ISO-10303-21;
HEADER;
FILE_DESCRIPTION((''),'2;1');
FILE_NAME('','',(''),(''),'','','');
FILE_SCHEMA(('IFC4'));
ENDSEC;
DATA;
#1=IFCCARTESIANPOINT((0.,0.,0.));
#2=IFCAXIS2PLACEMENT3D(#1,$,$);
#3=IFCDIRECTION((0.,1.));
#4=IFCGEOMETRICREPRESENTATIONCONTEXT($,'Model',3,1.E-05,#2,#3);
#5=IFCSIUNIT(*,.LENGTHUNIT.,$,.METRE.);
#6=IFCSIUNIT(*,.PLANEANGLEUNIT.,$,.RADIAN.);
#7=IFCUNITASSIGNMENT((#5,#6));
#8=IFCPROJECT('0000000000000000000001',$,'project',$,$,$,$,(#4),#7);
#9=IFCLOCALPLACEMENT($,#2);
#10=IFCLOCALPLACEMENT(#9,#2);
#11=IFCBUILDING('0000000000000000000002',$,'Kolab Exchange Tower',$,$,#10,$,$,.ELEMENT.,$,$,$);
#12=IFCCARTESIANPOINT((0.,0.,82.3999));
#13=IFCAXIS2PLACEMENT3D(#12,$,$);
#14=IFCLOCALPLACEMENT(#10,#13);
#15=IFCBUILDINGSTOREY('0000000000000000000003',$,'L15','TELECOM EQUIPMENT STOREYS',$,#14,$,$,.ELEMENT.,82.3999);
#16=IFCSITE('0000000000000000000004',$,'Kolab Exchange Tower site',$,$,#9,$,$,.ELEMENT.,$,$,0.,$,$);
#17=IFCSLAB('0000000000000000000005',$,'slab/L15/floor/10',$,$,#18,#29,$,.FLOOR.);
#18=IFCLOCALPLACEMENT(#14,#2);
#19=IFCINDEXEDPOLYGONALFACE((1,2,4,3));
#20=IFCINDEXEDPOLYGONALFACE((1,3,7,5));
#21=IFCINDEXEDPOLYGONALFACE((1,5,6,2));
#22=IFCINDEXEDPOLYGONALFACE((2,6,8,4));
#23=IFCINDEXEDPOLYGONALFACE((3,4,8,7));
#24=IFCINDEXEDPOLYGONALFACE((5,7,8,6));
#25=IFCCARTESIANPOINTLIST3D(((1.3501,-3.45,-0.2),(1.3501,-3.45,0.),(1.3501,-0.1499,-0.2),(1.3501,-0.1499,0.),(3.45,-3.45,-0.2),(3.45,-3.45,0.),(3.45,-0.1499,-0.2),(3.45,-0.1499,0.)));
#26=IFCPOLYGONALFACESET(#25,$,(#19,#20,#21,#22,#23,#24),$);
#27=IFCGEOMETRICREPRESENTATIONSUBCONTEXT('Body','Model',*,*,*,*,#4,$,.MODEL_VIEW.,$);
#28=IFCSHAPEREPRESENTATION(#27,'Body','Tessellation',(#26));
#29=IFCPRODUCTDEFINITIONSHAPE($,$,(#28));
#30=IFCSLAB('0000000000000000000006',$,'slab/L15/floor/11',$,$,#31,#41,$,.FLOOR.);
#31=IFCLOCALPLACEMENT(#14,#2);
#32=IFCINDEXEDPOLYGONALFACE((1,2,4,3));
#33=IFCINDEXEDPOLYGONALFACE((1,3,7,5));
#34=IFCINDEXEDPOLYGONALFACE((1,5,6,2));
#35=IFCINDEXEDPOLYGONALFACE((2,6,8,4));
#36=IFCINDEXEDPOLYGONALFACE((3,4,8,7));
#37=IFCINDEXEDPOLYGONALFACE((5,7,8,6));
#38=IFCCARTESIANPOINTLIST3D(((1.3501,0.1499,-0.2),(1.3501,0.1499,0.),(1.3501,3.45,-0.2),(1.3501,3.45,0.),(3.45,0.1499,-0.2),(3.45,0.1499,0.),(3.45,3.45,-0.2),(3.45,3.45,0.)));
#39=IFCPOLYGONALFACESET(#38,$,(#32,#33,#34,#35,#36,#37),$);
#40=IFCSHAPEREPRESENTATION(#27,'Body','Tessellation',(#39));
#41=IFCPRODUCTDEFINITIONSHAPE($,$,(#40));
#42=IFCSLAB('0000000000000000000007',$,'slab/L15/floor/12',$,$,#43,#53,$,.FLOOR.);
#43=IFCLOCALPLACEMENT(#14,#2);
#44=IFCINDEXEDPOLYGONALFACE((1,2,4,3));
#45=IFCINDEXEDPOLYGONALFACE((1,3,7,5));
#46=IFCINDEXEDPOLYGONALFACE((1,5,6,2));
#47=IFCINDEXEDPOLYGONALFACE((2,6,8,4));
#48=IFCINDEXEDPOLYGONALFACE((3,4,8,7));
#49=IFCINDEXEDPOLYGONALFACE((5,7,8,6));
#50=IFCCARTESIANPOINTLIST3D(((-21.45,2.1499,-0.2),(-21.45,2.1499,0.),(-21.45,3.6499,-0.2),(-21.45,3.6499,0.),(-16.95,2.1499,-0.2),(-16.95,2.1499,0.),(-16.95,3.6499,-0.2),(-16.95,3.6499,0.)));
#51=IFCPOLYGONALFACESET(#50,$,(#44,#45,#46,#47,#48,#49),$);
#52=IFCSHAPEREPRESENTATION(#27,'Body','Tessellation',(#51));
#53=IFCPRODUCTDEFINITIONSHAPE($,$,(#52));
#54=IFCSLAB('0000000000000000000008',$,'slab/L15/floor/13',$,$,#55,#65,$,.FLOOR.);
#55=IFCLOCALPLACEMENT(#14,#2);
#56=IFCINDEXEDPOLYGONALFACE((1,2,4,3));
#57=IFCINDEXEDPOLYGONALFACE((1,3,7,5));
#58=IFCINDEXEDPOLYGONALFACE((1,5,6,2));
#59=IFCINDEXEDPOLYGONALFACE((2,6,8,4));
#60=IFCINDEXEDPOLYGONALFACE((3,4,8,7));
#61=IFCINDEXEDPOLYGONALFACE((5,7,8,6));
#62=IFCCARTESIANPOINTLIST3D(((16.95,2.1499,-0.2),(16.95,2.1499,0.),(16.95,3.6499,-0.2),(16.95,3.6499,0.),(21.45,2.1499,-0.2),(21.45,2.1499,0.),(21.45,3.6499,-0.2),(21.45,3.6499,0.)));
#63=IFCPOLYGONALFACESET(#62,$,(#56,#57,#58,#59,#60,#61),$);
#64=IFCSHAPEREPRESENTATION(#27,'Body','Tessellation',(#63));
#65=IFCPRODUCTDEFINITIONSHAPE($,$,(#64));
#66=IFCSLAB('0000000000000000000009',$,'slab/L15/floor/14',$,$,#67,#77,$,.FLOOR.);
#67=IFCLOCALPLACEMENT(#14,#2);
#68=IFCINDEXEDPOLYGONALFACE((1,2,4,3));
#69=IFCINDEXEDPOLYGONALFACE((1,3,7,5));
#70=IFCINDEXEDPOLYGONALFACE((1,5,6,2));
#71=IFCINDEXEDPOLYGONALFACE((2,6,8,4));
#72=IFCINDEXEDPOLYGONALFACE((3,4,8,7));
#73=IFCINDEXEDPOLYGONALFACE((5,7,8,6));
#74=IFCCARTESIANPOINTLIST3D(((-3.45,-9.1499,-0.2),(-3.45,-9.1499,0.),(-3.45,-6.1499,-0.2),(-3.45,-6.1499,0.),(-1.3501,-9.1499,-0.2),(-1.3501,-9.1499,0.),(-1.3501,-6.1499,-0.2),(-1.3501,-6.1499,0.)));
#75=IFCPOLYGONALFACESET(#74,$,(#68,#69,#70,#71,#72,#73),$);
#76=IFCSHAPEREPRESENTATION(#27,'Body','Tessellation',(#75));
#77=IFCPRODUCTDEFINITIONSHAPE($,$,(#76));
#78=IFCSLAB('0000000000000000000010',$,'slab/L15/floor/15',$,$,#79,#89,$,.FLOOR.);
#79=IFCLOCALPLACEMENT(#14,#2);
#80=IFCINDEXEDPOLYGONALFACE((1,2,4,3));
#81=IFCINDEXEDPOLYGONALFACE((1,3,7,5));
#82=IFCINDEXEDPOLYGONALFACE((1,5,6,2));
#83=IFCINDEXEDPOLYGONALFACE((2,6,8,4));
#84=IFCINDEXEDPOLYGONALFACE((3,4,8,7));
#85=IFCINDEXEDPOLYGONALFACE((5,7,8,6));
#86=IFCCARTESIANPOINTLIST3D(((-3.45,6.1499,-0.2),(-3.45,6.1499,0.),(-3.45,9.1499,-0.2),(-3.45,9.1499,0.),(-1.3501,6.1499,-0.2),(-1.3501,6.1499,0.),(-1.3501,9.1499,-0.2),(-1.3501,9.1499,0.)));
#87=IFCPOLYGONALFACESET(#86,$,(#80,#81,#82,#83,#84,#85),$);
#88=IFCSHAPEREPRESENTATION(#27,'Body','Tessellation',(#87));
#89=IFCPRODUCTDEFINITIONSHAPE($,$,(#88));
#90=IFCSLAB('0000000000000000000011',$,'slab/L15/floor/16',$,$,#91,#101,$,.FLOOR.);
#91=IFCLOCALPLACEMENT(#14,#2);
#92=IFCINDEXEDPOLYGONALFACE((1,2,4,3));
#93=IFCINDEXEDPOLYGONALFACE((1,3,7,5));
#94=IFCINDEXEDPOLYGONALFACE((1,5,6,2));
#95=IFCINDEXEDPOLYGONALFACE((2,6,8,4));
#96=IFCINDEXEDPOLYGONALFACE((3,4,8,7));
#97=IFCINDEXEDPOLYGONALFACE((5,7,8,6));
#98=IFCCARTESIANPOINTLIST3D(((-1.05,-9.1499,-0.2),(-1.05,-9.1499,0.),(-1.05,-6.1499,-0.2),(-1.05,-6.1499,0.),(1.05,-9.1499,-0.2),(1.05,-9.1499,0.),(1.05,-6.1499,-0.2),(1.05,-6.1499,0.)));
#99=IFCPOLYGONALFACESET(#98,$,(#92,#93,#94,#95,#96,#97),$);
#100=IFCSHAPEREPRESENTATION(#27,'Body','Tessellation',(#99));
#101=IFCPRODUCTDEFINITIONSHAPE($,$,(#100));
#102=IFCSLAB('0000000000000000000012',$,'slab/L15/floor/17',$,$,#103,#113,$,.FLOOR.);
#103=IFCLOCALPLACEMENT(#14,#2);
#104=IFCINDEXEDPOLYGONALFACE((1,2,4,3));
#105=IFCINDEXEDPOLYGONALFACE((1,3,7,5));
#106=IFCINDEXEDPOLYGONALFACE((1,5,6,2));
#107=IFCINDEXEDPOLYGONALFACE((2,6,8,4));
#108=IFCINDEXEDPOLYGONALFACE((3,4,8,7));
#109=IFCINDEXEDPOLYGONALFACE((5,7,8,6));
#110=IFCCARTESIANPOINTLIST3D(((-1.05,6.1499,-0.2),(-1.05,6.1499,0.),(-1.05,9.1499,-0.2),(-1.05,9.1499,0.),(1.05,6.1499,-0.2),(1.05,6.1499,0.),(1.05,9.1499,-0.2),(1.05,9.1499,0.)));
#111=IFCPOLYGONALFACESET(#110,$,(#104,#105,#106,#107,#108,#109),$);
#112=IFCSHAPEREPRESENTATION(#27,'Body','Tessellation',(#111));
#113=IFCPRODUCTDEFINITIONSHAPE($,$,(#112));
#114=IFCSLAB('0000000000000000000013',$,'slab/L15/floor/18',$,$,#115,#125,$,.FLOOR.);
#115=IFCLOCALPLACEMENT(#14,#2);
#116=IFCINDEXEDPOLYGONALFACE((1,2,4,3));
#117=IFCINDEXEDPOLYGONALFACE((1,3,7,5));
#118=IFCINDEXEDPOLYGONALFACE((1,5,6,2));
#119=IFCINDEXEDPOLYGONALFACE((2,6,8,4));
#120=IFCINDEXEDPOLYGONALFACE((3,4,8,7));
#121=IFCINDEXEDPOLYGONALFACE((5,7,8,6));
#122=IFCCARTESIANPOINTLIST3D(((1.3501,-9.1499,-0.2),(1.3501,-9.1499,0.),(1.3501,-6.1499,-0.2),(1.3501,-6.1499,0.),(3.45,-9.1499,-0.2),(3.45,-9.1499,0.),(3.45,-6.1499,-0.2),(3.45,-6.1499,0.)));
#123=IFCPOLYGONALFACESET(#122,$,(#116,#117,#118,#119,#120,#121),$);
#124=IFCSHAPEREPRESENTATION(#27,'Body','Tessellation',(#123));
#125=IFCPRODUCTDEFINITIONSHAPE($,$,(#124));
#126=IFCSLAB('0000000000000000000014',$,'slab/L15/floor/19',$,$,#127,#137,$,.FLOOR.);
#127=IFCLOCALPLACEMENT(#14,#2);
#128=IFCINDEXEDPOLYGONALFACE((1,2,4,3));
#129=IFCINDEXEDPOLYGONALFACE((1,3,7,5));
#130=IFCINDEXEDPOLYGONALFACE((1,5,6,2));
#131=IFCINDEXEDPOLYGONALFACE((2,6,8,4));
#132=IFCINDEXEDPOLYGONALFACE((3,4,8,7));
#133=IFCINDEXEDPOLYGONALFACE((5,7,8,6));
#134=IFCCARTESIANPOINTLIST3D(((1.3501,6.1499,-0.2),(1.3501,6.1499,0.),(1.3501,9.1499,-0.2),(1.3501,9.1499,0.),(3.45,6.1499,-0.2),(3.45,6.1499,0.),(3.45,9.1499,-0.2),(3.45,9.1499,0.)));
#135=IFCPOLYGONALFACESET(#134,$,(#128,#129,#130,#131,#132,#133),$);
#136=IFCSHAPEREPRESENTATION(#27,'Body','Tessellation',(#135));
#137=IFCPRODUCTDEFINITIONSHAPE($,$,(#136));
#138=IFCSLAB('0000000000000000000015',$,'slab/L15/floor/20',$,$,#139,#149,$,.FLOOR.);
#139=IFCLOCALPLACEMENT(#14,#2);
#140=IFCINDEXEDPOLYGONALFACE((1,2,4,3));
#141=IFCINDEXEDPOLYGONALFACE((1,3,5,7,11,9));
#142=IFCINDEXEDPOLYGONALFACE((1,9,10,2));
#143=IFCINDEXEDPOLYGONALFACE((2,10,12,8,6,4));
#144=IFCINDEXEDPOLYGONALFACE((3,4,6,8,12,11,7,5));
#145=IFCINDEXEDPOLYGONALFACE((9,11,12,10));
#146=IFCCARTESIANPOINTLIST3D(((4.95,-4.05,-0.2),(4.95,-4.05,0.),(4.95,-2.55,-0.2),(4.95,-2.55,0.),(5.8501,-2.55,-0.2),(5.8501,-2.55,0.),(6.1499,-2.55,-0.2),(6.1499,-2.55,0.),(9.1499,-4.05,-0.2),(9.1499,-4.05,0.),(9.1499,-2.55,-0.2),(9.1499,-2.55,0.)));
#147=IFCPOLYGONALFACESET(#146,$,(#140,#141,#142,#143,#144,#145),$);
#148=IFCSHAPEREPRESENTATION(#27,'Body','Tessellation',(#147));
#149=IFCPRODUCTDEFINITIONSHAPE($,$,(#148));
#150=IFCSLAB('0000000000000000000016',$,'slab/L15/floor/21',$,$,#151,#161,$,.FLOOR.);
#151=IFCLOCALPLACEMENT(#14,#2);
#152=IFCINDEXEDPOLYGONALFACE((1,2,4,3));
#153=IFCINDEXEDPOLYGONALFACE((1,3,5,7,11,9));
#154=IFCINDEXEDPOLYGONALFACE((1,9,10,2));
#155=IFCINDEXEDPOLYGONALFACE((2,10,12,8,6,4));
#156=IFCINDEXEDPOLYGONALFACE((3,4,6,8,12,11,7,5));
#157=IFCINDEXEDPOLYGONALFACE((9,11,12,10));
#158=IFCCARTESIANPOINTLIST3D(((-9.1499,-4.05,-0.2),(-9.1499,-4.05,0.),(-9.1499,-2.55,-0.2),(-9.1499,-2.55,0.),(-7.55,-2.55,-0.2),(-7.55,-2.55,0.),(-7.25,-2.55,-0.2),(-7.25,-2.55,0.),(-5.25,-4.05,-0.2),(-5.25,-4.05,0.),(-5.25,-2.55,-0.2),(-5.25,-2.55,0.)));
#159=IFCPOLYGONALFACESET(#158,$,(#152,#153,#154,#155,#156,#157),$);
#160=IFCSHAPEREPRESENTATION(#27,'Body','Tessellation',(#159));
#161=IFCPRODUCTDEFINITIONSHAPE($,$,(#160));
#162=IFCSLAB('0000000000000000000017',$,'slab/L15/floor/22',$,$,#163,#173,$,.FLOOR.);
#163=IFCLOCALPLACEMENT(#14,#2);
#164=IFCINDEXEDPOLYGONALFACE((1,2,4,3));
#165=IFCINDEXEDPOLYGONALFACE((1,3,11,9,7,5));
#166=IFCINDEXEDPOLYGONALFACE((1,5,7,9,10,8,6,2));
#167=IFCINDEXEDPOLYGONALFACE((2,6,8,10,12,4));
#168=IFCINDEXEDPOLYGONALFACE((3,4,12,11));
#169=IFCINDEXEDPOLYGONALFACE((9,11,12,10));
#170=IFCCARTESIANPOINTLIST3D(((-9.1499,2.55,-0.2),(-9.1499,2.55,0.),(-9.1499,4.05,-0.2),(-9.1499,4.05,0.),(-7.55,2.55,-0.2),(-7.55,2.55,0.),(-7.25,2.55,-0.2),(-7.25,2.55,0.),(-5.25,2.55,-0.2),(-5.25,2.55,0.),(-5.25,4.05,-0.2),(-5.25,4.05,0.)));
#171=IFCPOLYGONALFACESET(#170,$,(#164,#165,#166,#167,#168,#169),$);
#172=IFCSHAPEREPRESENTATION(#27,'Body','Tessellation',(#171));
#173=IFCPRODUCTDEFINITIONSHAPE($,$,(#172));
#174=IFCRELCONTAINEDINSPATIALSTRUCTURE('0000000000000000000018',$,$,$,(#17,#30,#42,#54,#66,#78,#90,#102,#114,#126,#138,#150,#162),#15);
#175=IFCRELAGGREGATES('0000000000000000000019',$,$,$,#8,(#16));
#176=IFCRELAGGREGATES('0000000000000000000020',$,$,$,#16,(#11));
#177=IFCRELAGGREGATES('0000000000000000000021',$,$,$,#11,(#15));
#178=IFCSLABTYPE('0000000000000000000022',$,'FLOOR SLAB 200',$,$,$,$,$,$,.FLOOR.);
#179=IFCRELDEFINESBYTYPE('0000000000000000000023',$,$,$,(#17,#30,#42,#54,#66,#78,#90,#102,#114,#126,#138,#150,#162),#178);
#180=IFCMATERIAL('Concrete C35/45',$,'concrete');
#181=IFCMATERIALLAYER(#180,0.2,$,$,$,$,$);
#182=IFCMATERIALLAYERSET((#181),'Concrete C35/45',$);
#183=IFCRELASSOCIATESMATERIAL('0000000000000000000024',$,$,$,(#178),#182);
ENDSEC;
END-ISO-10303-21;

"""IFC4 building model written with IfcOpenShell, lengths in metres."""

from ifc_helpers import new_model, si_unit, direction, frame, origin, place, context, subcontext, project, spatial, polyline, outline, extrude, material, layer, layer_set, type_object, element, save


model = new_model("IFC4")

# Units and contexts
model_context = context("Model", 3, precision=1e-05, world=origin(), true_north=direction((0.0, 1.0)))
body_context = subcontext(model_context, "Body", "Model", "MODEL_VIEW")
ifc_project = project(units=[si_unit("LENGTHUNIT", "METRE"), si_unit("PLANEANGLEUNIT", "RADIAN")], contexts=[model_context])

# Site, building, storey
site_placement = place(None, origin())
site = spatial("IfcSite", under=ifc_project, at=site_placement, Name="Kolab Exchange Tower site", CompositionType="ELEMENT", RefElevation=0.0)
building_placement = place(site_placement, origin())
building = spatial("IfcBuilding", under=site, at=building_placement, Name="Kolab Exchange Tower", CompositionType="ELEMENT")
storey_placement = place(building_placement, frame((0.0, 0.0, 82.3999)))
storey = spatial("IfcBuildingStorey", under=building, at=storey_placement, Name="L15", Description="TELECOM EQUIPMENT STOREYS", CompositionType="ELEMENT", Elevation=82.3999)

# Slabs
ifc_material_1 = material(Name="Concrete C35/45", Category="concrete")
ifc_layer_1 = layer(ifc_material_1, 0.2)
ifc_layer_set_1 = layer_set([ifc_layer_1], Name="Concrete C35/45")
slab_type_1 = type_object("IfcSlabType", Name="FLOOR SLAB 200", PredefinedType="FLOOR", material=ifc_layer_set_1)
slab_1_placement = place(storey_placement, frame((0.0, 0.0, -0.2)))
element("IfcSlab", 1, at=slab_1_placement, inside=storey, type_object=slab_type_1, Name="slab/L15/floor/10", PredefinedType="FLOOR", context=body_context, shape_type="SweptSolid", body=[
    extrude(outline(polyline([(1.3501, -3.45), (3.45, -3.45), (3.45, -0.1499), (1.3501, -0.1499), (1.3501, -3.45)])), origin(), (0.0, 0.0, 1.0), 0.2),
])
slab_2_placement = place(storey_placement, frame((0.0, 0.0, -0.2)))
element("IfcSlab", 2, at=slab_2_placement, inside=storey, type_object=slab_type_1, Name="slab/L15/floor/11", PredefinedType="FLOOR", context=body_context, shape_type="SweptSolid", body=[
    extrude(outline(polyline([(1.3501, 0.1499), (3.45, 0.1499), (3.45, 3.45), (1.3501, 3.45), (1.3501, 0.1499)])), origin(), (0.0, 0.0, 1.0), 0.2),
])
slab_3_placement = place(storey_placement, frame((0.0, 0.0, -0.2)))
element("IfcSlab", 3, at=slab_3_placement, inside=storey, type_object=slab_type_1, Name="slab/L15/floor/12", PredefinedType="FLOOR", context=body_context, shape_type="SweptSolid", body=[
    extrude(outline(polyline([(-21.45, 3.6499), (-21.45, 2.1499), (-16.95, 2.1499), (-16.95, 3.6499), (-21.45, 3.6499)])), origin(), (0.0, 0.0, 1.0), 0.2),
])
slab_4_placement = place(storey_placement, frame((0.0, 0.0, -0.2)))
element("IfcSlab", 4, at=slab_4_placement, inside=storey, type_object=slab_type_1, Name="slab/L15/floor/13", PredefinedType="FLOOR", context=body_context, shape_type="SweptSolid", body=[
    extrude(outline(polyline([(21.45, 3.6499), (16.95, 3.6499), (16.95, 2.1499), (21.45, 2.1499), (21.45, 3.6499)])), origin(), (0.0, 0.0, 1.0), 0.2),
])
slab_5_placement = place(storey_placement, frame((0.0, 0.0, -0.2)))
element("IfcSlab", 5, at=slab_5_placement, inside=storey, type_object=slab_type_1, Name="slab/L15/floor/14", PredefinedType="FLOOR", context=body_context, shape_type="SweptSolid", body=[
    extrude(outline(polyline([(-1.3501, -6.1499), (-3.45, -6.1499), (-3.45, -9.1499), (-1.3501, -9.1499), (-1.3501, -6.1499)])), origin(), (0.0, 0.0, 1.0), 0.2),
])
slab_6_placement = place(storey_placement, frame((0.0, 0.0, -0.2)))
element("IfcSlab", 6, at=slab_6_placement, inside=storey, type_object=slab_type_1, Name="slab/L15/floor/15", PredefinedType="FLOOR", context=body_context, shape_type="SweptSolid", body=[
    extrude(outline(polyline([(-1.3501, 6.1499), (-1.3501, 9.1499), (-3.45, 9.1499), (-3.45, 6.1499), (-1.3501, 6.1499)])), origin(), (0.0, 0.0, 1.0), 0.2),
])
slab_7_placement = place(storey_placement, frame((0.0, 0.0, -0.2)))
element("IfcSlab", 7, at=slab_7_placement, inside=storey, type_object=slab_type_1, Name="slab/L15/floor/16", PredefinedType="FLOOR", context=body_context, shape_type="SweptSolid", body=[
    extrude(outline(polyline([(1.05, -6.1499), (-1.05, -6.1499), (-1.05, -9.1499), (1.05, -9.1499), (1.05, -6.1499)])), origin(), (0.0, 0.0, 1.0), 0.2),
])
slab_8_placement = place(storey_placement, frame((0.0, 0.0, -0.2)))
element("IfcSlab", 8, at=slab_8_placement, inside=storey, type_object=slab_type_1, Name="slab/L15/floor/17", PredefinedType="FLOOR", context=body_context, shape_type="SweptSolid", body=[
    extrude(outline(polyline([(-1.05, 9.1499), (-1.05, 6.1499), (1.05, 6.1499), (1.05, 9.1499), (-1.05, 9.1499)])), origin(), (0.0, 0.0, 1.0), 0.2),
])
slab_9_placement = place(storey_placement, frame((0.0, 0.0, -0.2)))
element("IfcSlab", 9, at=slab_9_placement, inside=storey, type_object=slab_type_1, Name="slab/L15/floor/18", PredefinedType="FLOOR", context=body_context, shape_type="SweptSolid", body=[
    extrude(outline(polyline([(1.3501, -6.1499), (1.3501, -9.1499), (3.45, -9.1499), (3.45, -6.1499), (1.3501, -6.1499)])), origin(), (0.0, 0.0, 1.0), 0.2),
])
slab_10_placement = place(storey_placement, frame((0.0, 0.0, -0.2)))
element("IfcSlab", 10, at=slab_10_placement, inside=storey, type_object=slab_type_1, Name="slab/L15/floor/19", PredefinedType="FLOOR", context=body_context, shape_type="SweptSolid", body=[
    extrude(outline(polyline([(1.3501, 6.1499), (3.45, 6.1499), (3.45, 9.1499), (1.3501, 9.1499), (1.3501, 6.1499)])), origin(), (0.0, 0.0, 1.0), 0.2),
])
slab_11_placement = place(storey_placement, frame((0.0, 0.0, -0.2)))
element("IfcSlab", 11, at=slab_11_placement, inside=storey, type_object=slab_type_1, Name="slab/L15/floor/20", PredefinedType="FLOOR", context=body_context, shape_type="SweptSolid", body=[
    extrude(outline(polyline([(4.95, -4.05), (9.1499, -4.05), (9.1499, -2.55), (6.1499, -2.55), (5.8501, -2.55), (4.95, -2.55), (4.95, -4.05)])), origin(), (0.0, 0.0, 1.0), 0.2),
])
slab_12_placement = place(storey_placement, frame((0.0, 0.0, -0.2)))
element("IfcSlab", 12, at=slab_12_placement, inside=storey, type_object=slab_type_1, Name="slab/L15/floor/21", PredefinedType="FLOOR", context=body_context, shape_type="SweptSolid", body=[
    extrude(outline(polyline([(-9.1499, -2.55), (-9.1499, -4.05), (-5.25, -4.05), (-5.25, -2.55), (-7.25, -2.55), (-7.55, -2.55), (-9.1499, -2.55)])), origin(), (0.0, 0.0, 1.0), 0.2),
])
slab_13_placement = place(storey_placement, frame((0.0, 0.0, -0.2)))
element("IfcSlab", 13, at=slab_13_placement, inside=storey, type_object=slab_type_1, Name="slab/L15/floor/22", PredefinedType="FLOOR", context=body_context, shape_type="SweptSolid", body=[
    extrude(outline(polyline([(-5.25, 4.05), (-9.1499, 4.05), (-9.1499, 2.55), (-7.55, 2.55), (-7.25, 2.55), (-5.25, 2.55), (-5.25, 4.05)])), origin(), (0.0, 0.0, 1.0), 0.2),
])

save(model, "model.ifc")
